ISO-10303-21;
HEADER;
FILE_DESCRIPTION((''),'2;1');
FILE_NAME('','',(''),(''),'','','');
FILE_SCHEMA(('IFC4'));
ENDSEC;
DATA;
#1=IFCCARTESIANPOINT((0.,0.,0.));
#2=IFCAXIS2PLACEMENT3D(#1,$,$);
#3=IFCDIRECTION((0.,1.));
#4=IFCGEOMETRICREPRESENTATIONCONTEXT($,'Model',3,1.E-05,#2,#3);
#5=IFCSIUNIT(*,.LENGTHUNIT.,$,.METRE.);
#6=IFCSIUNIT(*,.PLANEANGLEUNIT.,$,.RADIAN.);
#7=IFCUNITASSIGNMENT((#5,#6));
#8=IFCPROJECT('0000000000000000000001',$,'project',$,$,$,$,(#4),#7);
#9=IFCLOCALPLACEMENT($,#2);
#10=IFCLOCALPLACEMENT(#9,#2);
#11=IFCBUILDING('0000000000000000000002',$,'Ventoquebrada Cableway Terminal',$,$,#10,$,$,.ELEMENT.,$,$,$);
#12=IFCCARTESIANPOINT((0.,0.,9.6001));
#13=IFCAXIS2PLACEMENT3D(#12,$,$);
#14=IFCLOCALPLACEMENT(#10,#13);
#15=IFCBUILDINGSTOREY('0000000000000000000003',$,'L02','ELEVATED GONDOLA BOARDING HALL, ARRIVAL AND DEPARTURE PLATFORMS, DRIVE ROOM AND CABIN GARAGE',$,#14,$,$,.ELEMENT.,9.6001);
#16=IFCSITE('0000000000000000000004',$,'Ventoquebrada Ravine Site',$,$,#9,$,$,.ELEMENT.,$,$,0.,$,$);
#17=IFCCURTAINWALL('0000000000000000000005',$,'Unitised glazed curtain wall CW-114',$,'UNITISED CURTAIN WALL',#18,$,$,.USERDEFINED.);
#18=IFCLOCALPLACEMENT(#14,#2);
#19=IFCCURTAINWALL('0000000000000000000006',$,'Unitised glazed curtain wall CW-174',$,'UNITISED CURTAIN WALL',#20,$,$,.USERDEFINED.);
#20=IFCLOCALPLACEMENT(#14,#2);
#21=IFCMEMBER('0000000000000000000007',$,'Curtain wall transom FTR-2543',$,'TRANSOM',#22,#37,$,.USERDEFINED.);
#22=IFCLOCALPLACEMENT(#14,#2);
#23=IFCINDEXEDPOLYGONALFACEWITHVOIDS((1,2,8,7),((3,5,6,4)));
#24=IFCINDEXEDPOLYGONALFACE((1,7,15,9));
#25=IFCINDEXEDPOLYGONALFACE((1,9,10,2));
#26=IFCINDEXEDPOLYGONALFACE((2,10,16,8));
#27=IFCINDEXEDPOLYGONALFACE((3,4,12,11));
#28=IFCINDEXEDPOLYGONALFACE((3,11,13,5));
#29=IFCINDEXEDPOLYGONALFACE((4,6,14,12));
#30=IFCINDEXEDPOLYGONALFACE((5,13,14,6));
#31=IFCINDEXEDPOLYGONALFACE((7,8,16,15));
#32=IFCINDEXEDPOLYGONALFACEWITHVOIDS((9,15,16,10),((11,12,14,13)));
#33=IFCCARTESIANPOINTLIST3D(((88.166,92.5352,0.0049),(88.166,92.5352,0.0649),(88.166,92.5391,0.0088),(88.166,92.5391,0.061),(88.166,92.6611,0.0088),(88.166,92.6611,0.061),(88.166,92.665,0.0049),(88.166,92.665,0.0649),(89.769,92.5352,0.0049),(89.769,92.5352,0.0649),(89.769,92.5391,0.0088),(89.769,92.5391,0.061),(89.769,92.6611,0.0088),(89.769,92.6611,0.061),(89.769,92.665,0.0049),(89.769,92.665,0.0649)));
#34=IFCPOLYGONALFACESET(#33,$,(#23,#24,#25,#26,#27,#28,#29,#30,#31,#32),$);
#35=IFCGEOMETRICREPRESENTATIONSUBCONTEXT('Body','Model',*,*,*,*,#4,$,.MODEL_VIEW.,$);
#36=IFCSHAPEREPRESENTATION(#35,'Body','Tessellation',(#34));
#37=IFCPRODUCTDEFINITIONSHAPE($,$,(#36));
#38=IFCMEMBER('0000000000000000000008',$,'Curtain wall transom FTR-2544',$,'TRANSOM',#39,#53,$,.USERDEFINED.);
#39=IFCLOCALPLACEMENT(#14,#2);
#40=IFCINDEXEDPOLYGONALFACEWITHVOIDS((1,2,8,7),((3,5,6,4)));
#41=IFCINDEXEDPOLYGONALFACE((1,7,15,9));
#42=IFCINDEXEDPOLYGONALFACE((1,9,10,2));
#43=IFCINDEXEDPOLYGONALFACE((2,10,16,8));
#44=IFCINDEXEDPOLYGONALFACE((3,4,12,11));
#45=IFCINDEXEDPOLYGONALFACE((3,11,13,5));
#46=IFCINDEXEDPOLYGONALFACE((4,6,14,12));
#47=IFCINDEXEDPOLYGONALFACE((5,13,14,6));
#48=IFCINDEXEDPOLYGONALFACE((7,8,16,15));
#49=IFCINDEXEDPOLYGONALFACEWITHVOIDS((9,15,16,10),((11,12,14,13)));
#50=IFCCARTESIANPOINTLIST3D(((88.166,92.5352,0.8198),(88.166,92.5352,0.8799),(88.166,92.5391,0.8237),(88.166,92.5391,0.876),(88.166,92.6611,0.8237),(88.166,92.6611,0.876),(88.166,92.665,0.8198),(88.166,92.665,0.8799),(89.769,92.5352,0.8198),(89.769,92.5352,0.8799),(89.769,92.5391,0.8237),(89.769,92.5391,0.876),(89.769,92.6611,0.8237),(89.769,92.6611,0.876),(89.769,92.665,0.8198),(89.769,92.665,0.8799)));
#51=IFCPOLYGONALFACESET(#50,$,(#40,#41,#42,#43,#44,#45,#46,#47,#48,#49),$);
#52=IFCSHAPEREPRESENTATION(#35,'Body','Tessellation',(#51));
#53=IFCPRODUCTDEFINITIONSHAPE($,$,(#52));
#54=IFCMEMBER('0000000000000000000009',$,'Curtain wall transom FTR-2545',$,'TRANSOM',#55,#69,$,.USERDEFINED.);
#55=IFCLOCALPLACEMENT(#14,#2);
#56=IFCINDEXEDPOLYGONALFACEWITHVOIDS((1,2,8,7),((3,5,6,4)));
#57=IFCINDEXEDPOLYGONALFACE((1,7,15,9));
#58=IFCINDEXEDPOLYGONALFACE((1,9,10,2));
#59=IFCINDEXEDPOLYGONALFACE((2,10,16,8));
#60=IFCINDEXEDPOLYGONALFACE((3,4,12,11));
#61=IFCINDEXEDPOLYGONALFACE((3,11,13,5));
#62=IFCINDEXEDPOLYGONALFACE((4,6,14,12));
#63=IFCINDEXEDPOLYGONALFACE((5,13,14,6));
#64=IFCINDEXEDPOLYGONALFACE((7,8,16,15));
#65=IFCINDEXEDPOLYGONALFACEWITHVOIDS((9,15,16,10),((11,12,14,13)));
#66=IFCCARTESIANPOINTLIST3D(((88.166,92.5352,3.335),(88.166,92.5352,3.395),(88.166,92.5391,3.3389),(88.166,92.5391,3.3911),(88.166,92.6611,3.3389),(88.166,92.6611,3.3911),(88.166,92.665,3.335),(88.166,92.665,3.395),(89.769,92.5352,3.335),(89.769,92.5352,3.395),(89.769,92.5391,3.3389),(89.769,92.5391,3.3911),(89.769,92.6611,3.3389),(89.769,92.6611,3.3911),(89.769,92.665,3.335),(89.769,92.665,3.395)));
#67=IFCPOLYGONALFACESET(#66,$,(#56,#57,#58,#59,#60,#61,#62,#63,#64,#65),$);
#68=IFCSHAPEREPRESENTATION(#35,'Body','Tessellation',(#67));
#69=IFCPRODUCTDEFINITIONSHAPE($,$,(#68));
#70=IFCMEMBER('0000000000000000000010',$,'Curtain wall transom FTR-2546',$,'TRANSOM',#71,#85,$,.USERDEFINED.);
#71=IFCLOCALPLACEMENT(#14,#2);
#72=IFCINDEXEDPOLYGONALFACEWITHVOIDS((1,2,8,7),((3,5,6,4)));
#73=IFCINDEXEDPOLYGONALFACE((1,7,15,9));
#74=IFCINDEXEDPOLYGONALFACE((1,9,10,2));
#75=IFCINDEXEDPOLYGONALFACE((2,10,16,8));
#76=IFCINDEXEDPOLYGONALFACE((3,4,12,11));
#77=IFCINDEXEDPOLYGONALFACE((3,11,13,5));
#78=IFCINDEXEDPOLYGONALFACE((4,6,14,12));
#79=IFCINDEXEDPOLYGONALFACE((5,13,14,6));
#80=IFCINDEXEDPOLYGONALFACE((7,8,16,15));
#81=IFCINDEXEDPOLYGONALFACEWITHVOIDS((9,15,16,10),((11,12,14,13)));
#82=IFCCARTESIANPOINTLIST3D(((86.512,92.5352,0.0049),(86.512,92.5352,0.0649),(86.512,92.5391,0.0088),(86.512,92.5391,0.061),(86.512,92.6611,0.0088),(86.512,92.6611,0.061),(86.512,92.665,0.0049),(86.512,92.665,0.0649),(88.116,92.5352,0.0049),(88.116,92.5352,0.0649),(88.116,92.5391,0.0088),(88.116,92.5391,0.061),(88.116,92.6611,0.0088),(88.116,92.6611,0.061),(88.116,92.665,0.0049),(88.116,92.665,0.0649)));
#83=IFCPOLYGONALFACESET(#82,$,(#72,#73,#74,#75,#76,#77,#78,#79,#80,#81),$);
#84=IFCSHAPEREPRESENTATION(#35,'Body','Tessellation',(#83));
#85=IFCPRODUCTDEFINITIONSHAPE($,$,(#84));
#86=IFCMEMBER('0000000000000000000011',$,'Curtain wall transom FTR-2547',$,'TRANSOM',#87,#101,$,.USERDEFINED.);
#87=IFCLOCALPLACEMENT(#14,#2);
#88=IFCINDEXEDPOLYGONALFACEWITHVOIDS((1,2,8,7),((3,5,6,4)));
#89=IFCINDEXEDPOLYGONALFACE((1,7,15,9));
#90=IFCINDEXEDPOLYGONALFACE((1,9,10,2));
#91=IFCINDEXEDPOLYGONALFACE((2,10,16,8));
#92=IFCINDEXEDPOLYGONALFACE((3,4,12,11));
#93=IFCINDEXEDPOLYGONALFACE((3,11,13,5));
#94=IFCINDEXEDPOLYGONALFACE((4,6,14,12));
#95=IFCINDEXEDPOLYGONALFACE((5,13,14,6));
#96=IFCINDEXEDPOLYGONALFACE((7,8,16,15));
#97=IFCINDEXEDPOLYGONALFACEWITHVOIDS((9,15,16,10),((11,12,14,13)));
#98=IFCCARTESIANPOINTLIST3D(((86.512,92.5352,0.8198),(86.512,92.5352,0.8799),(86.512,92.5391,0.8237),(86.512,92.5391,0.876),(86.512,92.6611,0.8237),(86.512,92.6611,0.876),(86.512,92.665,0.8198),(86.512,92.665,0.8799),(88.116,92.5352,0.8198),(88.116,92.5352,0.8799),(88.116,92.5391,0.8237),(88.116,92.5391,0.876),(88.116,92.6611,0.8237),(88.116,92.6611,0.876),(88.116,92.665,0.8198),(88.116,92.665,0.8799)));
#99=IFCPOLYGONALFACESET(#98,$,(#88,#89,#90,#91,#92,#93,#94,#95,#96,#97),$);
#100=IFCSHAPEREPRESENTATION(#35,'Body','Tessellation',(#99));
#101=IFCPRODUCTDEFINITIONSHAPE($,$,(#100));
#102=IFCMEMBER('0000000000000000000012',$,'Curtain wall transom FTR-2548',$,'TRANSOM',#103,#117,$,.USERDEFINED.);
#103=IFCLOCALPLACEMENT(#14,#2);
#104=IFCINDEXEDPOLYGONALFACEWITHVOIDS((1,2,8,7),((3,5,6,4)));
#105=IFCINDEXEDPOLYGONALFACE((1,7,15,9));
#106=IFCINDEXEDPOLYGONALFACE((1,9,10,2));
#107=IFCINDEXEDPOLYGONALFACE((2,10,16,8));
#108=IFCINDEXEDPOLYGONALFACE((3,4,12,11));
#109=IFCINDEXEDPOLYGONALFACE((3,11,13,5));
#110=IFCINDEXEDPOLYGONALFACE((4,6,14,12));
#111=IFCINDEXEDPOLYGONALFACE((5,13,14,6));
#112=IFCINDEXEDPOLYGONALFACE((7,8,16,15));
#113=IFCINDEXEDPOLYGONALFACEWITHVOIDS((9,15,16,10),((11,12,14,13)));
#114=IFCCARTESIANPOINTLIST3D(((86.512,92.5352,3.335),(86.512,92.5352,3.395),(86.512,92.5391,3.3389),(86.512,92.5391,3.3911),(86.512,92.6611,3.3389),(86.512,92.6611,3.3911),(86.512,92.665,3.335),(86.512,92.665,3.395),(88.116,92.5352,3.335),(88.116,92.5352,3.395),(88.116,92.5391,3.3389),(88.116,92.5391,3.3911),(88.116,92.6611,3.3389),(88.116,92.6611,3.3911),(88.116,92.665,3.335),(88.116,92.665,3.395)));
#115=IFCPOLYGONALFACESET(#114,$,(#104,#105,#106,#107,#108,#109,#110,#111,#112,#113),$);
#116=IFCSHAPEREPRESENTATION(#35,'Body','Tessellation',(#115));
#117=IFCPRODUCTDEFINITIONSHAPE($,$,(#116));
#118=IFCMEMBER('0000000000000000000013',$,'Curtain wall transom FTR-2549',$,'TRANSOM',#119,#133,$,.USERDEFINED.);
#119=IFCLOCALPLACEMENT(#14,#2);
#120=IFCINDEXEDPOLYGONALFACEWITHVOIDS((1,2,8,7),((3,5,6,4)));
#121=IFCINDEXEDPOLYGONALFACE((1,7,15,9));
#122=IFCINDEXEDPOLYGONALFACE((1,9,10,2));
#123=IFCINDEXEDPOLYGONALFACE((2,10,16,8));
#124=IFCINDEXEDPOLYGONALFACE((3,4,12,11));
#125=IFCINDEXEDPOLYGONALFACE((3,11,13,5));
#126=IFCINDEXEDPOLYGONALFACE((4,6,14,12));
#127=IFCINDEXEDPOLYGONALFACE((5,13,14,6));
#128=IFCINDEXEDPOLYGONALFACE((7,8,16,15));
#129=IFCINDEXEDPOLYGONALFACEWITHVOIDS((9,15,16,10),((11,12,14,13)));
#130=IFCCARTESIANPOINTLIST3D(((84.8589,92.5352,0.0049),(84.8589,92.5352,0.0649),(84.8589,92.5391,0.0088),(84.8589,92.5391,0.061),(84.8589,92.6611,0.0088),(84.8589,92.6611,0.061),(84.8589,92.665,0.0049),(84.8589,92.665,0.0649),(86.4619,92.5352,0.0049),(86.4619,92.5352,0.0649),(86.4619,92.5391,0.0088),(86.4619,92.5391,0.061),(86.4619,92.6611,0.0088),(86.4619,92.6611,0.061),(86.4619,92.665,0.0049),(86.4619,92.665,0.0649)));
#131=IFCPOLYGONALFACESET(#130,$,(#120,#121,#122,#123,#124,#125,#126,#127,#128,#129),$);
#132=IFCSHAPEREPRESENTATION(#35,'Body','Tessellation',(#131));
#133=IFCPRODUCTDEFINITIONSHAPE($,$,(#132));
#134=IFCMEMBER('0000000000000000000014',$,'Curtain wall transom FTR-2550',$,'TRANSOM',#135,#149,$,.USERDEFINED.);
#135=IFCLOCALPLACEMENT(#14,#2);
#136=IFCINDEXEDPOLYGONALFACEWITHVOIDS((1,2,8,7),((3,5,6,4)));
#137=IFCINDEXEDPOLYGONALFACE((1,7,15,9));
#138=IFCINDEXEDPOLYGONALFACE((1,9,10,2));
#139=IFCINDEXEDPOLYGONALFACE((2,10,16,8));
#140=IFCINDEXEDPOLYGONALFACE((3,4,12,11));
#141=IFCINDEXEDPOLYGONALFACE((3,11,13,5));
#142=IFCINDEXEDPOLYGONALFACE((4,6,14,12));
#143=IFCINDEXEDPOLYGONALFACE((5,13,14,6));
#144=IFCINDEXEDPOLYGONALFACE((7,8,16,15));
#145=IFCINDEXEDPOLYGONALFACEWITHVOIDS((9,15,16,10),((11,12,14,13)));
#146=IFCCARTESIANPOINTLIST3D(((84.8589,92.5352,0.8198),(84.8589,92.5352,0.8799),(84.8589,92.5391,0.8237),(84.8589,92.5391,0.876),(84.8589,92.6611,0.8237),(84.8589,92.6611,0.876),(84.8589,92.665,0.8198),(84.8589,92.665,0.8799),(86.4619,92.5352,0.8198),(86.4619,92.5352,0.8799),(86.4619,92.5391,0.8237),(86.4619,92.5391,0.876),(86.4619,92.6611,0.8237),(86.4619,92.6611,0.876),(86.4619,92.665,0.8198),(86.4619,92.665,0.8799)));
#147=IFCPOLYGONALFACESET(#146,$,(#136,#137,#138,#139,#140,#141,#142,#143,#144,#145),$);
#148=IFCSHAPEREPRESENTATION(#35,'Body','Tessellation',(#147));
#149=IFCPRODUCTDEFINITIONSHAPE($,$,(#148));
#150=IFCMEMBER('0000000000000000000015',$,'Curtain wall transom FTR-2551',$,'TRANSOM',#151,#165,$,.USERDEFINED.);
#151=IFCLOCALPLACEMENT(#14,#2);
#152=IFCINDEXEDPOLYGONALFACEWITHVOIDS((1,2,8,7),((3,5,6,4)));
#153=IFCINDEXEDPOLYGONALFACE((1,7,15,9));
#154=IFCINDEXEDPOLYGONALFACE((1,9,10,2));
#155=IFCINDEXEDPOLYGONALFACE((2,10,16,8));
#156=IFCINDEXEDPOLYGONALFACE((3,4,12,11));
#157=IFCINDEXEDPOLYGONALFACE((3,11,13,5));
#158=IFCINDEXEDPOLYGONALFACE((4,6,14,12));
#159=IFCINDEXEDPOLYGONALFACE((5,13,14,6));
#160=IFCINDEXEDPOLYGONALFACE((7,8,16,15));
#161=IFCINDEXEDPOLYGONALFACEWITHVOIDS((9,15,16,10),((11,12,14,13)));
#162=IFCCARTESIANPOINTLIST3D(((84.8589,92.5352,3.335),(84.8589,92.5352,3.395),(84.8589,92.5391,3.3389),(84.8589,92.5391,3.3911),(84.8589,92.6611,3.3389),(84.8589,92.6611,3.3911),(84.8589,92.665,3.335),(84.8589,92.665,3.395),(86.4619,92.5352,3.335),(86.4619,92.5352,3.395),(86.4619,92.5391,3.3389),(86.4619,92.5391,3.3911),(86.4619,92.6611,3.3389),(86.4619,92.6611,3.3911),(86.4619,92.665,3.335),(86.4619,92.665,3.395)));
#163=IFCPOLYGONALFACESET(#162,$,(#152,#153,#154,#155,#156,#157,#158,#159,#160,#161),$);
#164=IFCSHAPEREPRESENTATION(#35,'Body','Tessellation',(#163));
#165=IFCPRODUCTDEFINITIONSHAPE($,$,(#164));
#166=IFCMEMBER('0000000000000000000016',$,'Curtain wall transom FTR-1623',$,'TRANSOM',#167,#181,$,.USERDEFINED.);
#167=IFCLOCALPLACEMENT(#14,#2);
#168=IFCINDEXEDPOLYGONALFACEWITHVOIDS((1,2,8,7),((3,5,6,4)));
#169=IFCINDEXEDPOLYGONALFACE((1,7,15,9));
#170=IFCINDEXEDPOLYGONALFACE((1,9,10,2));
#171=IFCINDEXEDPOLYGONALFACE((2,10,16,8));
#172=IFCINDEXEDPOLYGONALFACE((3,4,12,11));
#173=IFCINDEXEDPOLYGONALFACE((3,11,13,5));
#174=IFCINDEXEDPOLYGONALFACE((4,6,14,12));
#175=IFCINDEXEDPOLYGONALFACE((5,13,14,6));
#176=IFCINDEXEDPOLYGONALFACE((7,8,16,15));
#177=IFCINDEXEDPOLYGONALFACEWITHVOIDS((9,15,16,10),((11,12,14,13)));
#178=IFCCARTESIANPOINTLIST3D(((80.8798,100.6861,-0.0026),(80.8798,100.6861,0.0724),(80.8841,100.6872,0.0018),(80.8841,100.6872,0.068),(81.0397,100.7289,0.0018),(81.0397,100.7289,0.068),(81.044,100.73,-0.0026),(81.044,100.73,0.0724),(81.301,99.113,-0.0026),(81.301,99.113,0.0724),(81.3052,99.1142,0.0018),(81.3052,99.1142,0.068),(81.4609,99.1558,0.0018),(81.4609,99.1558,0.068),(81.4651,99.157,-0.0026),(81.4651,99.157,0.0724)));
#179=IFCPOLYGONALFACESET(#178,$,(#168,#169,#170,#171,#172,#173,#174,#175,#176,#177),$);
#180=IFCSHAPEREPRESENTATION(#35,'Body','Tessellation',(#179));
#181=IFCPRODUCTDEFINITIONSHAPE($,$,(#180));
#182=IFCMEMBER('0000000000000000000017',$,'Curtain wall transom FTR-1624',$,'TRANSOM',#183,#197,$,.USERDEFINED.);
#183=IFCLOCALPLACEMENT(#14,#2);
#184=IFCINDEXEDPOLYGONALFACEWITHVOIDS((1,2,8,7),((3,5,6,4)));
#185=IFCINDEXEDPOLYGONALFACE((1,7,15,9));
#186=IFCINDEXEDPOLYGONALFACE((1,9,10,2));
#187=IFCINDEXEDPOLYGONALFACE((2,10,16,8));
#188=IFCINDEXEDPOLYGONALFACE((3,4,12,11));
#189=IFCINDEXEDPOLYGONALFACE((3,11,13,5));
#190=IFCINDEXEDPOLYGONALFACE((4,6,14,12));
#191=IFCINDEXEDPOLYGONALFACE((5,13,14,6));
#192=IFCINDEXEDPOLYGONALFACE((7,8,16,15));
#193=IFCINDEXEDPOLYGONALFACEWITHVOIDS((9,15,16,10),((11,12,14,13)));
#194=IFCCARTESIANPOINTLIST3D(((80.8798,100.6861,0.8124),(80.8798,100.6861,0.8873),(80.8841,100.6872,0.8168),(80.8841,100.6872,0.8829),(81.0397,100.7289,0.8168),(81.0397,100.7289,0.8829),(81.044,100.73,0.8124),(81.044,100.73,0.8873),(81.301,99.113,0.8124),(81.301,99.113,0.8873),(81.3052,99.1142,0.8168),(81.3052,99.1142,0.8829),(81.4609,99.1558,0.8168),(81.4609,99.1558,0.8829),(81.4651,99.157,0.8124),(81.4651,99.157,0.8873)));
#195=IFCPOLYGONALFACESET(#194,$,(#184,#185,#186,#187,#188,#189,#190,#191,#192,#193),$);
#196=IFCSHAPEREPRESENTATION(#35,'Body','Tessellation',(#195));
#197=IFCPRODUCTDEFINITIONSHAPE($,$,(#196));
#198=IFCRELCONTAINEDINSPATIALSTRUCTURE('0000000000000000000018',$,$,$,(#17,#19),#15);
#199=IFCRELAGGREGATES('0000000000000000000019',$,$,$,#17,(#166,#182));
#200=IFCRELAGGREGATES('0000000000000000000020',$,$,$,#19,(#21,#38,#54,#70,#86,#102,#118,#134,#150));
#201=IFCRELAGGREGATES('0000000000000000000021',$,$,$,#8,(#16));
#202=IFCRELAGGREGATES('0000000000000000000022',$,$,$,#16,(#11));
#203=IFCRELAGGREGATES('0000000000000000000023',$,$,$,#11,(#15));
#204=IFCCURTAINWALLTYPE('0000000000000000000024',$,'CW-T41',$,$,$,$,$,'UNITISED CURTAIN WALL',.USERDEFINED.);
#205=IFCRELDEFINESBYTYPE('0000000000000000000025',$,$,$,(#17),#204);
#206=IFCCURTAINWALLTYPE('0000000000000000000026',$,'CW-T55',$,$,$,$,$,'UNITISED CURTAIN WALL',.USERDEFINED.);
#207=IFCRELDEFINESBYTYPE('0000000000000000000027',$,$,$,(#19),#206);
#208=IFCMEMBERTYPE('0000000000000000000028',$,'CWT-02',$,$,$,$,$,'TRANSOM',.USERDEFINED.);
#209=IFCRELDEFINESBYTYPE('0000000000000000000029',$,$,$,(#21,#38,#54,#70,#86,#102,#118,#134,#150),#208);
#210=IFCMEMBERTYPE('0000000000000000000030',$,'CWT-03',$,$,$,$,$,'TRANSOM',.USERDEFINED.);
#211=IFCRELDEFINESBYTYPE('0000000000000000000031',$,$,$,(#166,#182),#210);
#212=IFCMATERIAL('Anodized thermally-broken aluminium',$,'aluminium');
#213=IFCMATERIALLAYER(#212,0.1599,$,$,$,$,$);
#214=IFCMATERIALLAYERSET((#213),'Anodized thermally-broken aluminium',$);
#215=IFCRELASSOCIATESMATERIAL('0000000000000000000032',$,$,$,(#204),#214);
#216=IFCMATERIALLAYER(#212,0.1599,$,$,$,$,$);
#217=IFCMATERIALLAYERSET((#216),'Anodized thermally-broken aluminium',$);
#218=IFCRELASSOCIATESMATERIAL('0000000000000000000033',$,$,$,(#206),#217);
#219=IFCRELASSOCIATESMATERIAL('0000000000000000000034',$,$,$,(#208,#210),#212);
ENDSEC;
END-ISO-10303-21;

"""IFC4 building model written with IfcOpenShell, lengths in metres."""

from ifc_helpers import new_model, si_unit, direction, frame, origin, origin_2d, place, context, subcontext, project, spatial, hollow_rectangle, extrude, material, layer, layer_set, material_profile, profile_set, type_object, element, aggregate, save


model = new_model("IFC4")

# Units and contexts
model_context = context("Model", 3, precision=1e-05, world=origin(), true_north=direction((0.0, 1.0)))
body_context = subcontext(model_context, "Body", "Model", "MODEL_VIEW")
ifc_project = project(units=[si_unit("LENGTHUNIT", "METRE"), si_unit("PLANEANGLEUNIT", "RADIAN")], contexts=[model_context])

# Site, building, storey
site_placement = place(None, origin())
site = spatial("IfcSite", under=ifc_project, at=site_placement, Name="Ventoquebrada Ravine Site", CompositionType="ELEMENT", RefElevation=0.0)
building_placement = place(site_placement, origin())
building = spatial("IfcBuilding", under=site, at=building_placement, Name="Ventoquebrada Cableway Terminal", CompositionType="ELEMENT")
storey_placement = place(building_placement, frame((0.0, 0.0, 9.6001)))
storey = spatial("IfcBuildingStorey", under=building, at=storey_placement, Name="L02", Description="ELEVATED GONDOLA BOARDING HALL, ARRIVAL AND DEPARTURE PLATFORMS, DRIVE ROOM AND CABIN GARAGE", CompositionType="ELEMENT", Elevation=9.6001)

# Curtain walls, members
ifc_material_1 = material(Name="Anodized thermally-broken aluminium", Category="aluminium")
ifc_layer_1 = layer(ifc_material_1, 0.1599)
ifc_layer_set_1 = layer_set([ifc_layer_1], Name="Anodized thermally-broken aluminium")
curtain_wall_type_1 = type_object("IfcCurtainWallType", Name="CW-T41", ElementType="UNITISED CURTAIN WALL", PredefinedType="USERDEFINED", material=ifc_layer_set_1)
curtain_wall_1_placement = place(storey_placement, origin())
curtain_wall_1 = element("IfcCurtainWall", 1, at=curtain_wall_1_placement, inside=storey, type_object=curtain_wall_type_1, Name="Unitised glazed curtain wall CW-114", ObjectType="UNITISED CURTAIN WALL", PredefinedType="USERDEFINED")
ifc_layer_2 = layer(ifc_material_1, 0.1599)
ifc_layer_set_2 = layer_set([ifc_layer_2], Name="Anodized thermally-broken aluminium")
curtain_wall_type_2 = type_object("IfcCurtainWallType", Name="CW-T55", ElementType="UNITISED CURTAIN WALL", PredefinedType="USERDEFINED", material=ifc_layer_set_2)
curtain_wall_2_placement = place(storey_placement, origin())
curtain_wall_2 = element("IfcCurtainWall", 2, at=curtain_wall_2_placement, inside=storey, type_object=curtain_wall_type_2, Name="Unitised glazed curtain wall CW-174", ObjectType="UNITISED CURTAIN WALL", PredefinedType="USERDEFINED")
ifc_material_profile_1 = material_profile(ifc_material_1, hollow_rectangle(XDim=0.0601, YDim=0.1299, WallThickness=0.0039, at=origin_2d()), Name="CW-TRN-60X130")
ifc_profile_set_1 = profile_set([ifc_material_profile_1], Name="Anodized thermally-broken aluminium")
member_type_1 = type_object("IfcMemberType", Name="CWT-02", ElementType="TRANSOM", PredefinedType="USERDEFINED", material=ifc_profile_set_1)
member_1_placement = place(storey_placement, frame((89.769, 92.6001, 0.0349), z_axis=(-1.0, 0.0, 0.0), x_axis=(0.0, 0.0, 1.0)))
member_1 = element("IfcMember", 3, at=member_1_placement, type_object=member_type_1, Name="Curtain wall transom FTR-2543", ObjectType="TRANSOM", PredefinedType="USERDEFINED", context=body_context, shape_type="SweptSolid", body=[
    extrude(hollow_rectangle(XDim=0.0601, YDim=0.1299, WallThickness=0.0039, at=origin_2d()), origin(), (0.0, 0.0, 1.0), 1.603),
])
member_2_placement = place(storey_placement, frame((89.769, 92.6001, 0.8499), z_axis=(-1.0, 0.0, 0.0), x_axis=(0.0, 0.0, 1.0)))
member_2 = element("IfcMember", 4, at=member_2_placement, type_object=member_type_1, Name="Curtain wall transom FTR-2544", ObjectType="TRANSOM", PredefinedType="USERDEFINED", context=body_context, shape_type="SweptSolid", body=[
    extrude(hollow_rectangle(XDim=0.0601, YDim=0.1299, WallThickness=0.0039, at=origin_2d()), origin(), (0.0, 0.0, 1.0), 1.603),
])
member_3_placement = place(storey_placement, frame((89.769, 92.6001, 3.365), z_axis=(-1.0, 0.0, 0.0), x_axis=(0.0, 0.0, 1.0)))
member_3 = element("IfcMember", 5, at=member_3_placement, type_object=member_type_1, Name="Curtain wall transom FTR-2545", ObjectType="TRANSOM", PredefinedType="USERDEFINED", context=body_context, shape_type="SweptSolid", body=[
    extrude(hollow_rectangle(XDim=0.0601, YDim=0.1299, WallThickness=0.0039, at=origin_2d()), origin(), (0.0, 0.0, 1.0), 1.603),
])
member_4_placement = place(storey_placement, frame((88.116, 92.6001, 0.0349), z_axis=(-1.0, 0.0, 0.0), x_axis=(0.0, 0.0, 1.0)))
member_4 = element("IfcMember", 6, at=member_4_placement, type_object=member_type_1, Name="Curtain wall transom FTR-2546", ObjectType="TRANSOM", PredefinedType="USERDEFINED", context=body_context, shape_type="SweptSolid", body=[
    extrude(hollow_rectangle(XDim=0.0601, YDim=0.1299, WallThickness=0.0039, at=origin_2d()), origin(), (0.0, 0.0, 1.0), 1.604),
])
member_5_placement = place(storey_placement, frame((88.116, 92.6001, 0.8499), z_axis=(-1.0, 0.0, 0.0), x_axis=(0.0, 0.0, 1.0)))
member_5 = element("IfcMember", 7, at=member_5_placement, type_object=member_type_1, Name="Curtain wall transom FTR-2547", ObjectType="TRANSOM", PredefinedType="USERDEFINED", context=body_context, shape_type="SweptSolid", body=[
    extrude(hollow_rectangle(XDim=0.0601, YDim=0.1299, WallThickness=0.0039, at=origin_2d()), origin(), (0.0, 0.0, 1.0), 1.604),
])
member_6_placement = place(storey_placement, frame((88.116, 92.6001, 3.365), z_axis=(-1.0, 0.0, 0.0), x_axis=(0.0, 0.0, 1.0)))
member_6 = element("IfcMember", 8, at=member_6_placement, type_object=member_type_1, Name="Curtain wall transom FTR-2548", ObjectType="TRANSOM", PredefinedType="USERDEFINED", context=body_context, shape_type="SweptSolid", body=[
    extrude(hollow_rectangle(XDim=0.0601, YDim=0.1299, WallThickness=0.0039, at=origin_2d()), origin(), (0.0, 0.0, 1.0), 1.604),
])
member_7_placement = place(storey_placement, frame((86.4619, 92.6001, 0.0349), z_axis=(-1.0, 0.0, 0.0), x_axis=(0.0, 0.0, 1.0)))
member_7 = element("IfcMember", 9, at=member_7_placement, type_object=member_type_1, Name="Curtain wall transom FTR-2549", ObjectType="TRANSOM", PredefinedType="USERDEFINED", context=body_context, shape_type="SweptSolid", body=[
    extrude(hollow_rectangle(XDim=0.0601, YDim=0.1299, WallThickness=0.0039, at=origin_2d()), origin(), (0.0, 0.0, 1.0), 1.603),
])
member_8_placement = place(storey_placement, frame((86.4619, 92.6001, 0.8499), z_axis=(-1.0, 0.0, 0.0), x_axis=(0.0, 0.0, 1.0)))
member_8 = element("IfcMember", 10, at=member_8_placement, type_object=member_type_1, Name="Curtain wall transom FTR-2550", ObjectType="TRANSOM", PredefinedType="USERDEFINED", context=body_context, shape_type="SweptSolid", body=[
    extrude(hollow_rectangle(XDim=0.0601, YDim=0.1299, WallThickness=0.0039, at=origin_2d()), origin(), (0.0, 0.0, 1.0), 1.603),
])
member_9_placement = place(storey_placement, frame((86.4619, 92.6001, 3.365), z_axis=(-1.0, 0.0, 0.0), x_axis=(0.0, 0.0, 1.0)))
member_9 = element("IfcMember", 11, at=member_9_placement, type_object=member_type_1, Name="Curtain wall transom FTR-2551", ObjectType="TRANSOM", PredefinedType="USERDEFINED", context=body_context, shape_type="SweptSolid", body=[
    extrude(hollow_rectangle(XDim=0.0601, YDim=0.1299, WallThickness=0.0039, at=origin_2d()), origin(), (0.0, 0.0, 1.0), 1.603),
])

# Members
ifc_material_profile_2 = material_profile(ifc_material_1, hollow_rectangle(XDim=0.075, YDim=0.1699, WallThickness=0.0044, at=origin_2d()), Name="CW-TRN-75X170")
ifc_profile_set_2 = profile_set([ifc_material_profile_2], Name="Anodized thermally-broken aluminium")
member_type_2 = type_object("IfcMemberType", Name="CWT-03", ElementType="TRANSOM", PredefinedType="USERDEFINED", material=ifc_profile_set_2)
member_10_placement = place(storey_placement, frame((81.3831, 99.135, 0.0349), z_axis=(-0.258624, 0.965978, 0.0), x_axis=(0.0, 0.0, 1.0)))
member_10 = element("IfcMember", 12, at=member_10_placement, type_object=member_type_2, Name="Curtain wall transom FTR-1623", ObjectType="TRANSOM", PredefinedType="USERDEFINED", context=body_context, shape_type="SweptSolid", body=[
    extrude(hollow_rectangle(XDim=0.075, YDim=0.1699, WallThickness=0.0044, at=origin_2d()), origin(), (0.0, 0.0, 1.0), 1.6284),
])
member_11_placement = place(storey_placement, frame((81.3831, 99.135, 0.8499), z_axis=(-0.258624, 0.965978, 0.0), x_axis=(0.0, 0.0, 1.0)))
member_11 = element("IfcMember", 13, at=member_11_placement, type_object=member_type_2, Name="Curtain wall transom FTR-1624", ObjectType="TRANSOM", PredefinedType="USERDEFINED", context=body_context, shape_type="SweptSolid", body=[
    extrude(hollow_rectangle(XDim=0.075, YDim=0.1699, WallThickness=0.0044, at=origin_2d()), origin(), (0.0, 0.0, 1.0), 1.6284),
])

aggregate(curtain_wall_1, [member_10, member_11])
aggregate(curtain_wall_2, [member_1, member_2, member_3, member_4, member_5, member_6, member_7, member_8, member_9])

save(model, "model.ifc")
